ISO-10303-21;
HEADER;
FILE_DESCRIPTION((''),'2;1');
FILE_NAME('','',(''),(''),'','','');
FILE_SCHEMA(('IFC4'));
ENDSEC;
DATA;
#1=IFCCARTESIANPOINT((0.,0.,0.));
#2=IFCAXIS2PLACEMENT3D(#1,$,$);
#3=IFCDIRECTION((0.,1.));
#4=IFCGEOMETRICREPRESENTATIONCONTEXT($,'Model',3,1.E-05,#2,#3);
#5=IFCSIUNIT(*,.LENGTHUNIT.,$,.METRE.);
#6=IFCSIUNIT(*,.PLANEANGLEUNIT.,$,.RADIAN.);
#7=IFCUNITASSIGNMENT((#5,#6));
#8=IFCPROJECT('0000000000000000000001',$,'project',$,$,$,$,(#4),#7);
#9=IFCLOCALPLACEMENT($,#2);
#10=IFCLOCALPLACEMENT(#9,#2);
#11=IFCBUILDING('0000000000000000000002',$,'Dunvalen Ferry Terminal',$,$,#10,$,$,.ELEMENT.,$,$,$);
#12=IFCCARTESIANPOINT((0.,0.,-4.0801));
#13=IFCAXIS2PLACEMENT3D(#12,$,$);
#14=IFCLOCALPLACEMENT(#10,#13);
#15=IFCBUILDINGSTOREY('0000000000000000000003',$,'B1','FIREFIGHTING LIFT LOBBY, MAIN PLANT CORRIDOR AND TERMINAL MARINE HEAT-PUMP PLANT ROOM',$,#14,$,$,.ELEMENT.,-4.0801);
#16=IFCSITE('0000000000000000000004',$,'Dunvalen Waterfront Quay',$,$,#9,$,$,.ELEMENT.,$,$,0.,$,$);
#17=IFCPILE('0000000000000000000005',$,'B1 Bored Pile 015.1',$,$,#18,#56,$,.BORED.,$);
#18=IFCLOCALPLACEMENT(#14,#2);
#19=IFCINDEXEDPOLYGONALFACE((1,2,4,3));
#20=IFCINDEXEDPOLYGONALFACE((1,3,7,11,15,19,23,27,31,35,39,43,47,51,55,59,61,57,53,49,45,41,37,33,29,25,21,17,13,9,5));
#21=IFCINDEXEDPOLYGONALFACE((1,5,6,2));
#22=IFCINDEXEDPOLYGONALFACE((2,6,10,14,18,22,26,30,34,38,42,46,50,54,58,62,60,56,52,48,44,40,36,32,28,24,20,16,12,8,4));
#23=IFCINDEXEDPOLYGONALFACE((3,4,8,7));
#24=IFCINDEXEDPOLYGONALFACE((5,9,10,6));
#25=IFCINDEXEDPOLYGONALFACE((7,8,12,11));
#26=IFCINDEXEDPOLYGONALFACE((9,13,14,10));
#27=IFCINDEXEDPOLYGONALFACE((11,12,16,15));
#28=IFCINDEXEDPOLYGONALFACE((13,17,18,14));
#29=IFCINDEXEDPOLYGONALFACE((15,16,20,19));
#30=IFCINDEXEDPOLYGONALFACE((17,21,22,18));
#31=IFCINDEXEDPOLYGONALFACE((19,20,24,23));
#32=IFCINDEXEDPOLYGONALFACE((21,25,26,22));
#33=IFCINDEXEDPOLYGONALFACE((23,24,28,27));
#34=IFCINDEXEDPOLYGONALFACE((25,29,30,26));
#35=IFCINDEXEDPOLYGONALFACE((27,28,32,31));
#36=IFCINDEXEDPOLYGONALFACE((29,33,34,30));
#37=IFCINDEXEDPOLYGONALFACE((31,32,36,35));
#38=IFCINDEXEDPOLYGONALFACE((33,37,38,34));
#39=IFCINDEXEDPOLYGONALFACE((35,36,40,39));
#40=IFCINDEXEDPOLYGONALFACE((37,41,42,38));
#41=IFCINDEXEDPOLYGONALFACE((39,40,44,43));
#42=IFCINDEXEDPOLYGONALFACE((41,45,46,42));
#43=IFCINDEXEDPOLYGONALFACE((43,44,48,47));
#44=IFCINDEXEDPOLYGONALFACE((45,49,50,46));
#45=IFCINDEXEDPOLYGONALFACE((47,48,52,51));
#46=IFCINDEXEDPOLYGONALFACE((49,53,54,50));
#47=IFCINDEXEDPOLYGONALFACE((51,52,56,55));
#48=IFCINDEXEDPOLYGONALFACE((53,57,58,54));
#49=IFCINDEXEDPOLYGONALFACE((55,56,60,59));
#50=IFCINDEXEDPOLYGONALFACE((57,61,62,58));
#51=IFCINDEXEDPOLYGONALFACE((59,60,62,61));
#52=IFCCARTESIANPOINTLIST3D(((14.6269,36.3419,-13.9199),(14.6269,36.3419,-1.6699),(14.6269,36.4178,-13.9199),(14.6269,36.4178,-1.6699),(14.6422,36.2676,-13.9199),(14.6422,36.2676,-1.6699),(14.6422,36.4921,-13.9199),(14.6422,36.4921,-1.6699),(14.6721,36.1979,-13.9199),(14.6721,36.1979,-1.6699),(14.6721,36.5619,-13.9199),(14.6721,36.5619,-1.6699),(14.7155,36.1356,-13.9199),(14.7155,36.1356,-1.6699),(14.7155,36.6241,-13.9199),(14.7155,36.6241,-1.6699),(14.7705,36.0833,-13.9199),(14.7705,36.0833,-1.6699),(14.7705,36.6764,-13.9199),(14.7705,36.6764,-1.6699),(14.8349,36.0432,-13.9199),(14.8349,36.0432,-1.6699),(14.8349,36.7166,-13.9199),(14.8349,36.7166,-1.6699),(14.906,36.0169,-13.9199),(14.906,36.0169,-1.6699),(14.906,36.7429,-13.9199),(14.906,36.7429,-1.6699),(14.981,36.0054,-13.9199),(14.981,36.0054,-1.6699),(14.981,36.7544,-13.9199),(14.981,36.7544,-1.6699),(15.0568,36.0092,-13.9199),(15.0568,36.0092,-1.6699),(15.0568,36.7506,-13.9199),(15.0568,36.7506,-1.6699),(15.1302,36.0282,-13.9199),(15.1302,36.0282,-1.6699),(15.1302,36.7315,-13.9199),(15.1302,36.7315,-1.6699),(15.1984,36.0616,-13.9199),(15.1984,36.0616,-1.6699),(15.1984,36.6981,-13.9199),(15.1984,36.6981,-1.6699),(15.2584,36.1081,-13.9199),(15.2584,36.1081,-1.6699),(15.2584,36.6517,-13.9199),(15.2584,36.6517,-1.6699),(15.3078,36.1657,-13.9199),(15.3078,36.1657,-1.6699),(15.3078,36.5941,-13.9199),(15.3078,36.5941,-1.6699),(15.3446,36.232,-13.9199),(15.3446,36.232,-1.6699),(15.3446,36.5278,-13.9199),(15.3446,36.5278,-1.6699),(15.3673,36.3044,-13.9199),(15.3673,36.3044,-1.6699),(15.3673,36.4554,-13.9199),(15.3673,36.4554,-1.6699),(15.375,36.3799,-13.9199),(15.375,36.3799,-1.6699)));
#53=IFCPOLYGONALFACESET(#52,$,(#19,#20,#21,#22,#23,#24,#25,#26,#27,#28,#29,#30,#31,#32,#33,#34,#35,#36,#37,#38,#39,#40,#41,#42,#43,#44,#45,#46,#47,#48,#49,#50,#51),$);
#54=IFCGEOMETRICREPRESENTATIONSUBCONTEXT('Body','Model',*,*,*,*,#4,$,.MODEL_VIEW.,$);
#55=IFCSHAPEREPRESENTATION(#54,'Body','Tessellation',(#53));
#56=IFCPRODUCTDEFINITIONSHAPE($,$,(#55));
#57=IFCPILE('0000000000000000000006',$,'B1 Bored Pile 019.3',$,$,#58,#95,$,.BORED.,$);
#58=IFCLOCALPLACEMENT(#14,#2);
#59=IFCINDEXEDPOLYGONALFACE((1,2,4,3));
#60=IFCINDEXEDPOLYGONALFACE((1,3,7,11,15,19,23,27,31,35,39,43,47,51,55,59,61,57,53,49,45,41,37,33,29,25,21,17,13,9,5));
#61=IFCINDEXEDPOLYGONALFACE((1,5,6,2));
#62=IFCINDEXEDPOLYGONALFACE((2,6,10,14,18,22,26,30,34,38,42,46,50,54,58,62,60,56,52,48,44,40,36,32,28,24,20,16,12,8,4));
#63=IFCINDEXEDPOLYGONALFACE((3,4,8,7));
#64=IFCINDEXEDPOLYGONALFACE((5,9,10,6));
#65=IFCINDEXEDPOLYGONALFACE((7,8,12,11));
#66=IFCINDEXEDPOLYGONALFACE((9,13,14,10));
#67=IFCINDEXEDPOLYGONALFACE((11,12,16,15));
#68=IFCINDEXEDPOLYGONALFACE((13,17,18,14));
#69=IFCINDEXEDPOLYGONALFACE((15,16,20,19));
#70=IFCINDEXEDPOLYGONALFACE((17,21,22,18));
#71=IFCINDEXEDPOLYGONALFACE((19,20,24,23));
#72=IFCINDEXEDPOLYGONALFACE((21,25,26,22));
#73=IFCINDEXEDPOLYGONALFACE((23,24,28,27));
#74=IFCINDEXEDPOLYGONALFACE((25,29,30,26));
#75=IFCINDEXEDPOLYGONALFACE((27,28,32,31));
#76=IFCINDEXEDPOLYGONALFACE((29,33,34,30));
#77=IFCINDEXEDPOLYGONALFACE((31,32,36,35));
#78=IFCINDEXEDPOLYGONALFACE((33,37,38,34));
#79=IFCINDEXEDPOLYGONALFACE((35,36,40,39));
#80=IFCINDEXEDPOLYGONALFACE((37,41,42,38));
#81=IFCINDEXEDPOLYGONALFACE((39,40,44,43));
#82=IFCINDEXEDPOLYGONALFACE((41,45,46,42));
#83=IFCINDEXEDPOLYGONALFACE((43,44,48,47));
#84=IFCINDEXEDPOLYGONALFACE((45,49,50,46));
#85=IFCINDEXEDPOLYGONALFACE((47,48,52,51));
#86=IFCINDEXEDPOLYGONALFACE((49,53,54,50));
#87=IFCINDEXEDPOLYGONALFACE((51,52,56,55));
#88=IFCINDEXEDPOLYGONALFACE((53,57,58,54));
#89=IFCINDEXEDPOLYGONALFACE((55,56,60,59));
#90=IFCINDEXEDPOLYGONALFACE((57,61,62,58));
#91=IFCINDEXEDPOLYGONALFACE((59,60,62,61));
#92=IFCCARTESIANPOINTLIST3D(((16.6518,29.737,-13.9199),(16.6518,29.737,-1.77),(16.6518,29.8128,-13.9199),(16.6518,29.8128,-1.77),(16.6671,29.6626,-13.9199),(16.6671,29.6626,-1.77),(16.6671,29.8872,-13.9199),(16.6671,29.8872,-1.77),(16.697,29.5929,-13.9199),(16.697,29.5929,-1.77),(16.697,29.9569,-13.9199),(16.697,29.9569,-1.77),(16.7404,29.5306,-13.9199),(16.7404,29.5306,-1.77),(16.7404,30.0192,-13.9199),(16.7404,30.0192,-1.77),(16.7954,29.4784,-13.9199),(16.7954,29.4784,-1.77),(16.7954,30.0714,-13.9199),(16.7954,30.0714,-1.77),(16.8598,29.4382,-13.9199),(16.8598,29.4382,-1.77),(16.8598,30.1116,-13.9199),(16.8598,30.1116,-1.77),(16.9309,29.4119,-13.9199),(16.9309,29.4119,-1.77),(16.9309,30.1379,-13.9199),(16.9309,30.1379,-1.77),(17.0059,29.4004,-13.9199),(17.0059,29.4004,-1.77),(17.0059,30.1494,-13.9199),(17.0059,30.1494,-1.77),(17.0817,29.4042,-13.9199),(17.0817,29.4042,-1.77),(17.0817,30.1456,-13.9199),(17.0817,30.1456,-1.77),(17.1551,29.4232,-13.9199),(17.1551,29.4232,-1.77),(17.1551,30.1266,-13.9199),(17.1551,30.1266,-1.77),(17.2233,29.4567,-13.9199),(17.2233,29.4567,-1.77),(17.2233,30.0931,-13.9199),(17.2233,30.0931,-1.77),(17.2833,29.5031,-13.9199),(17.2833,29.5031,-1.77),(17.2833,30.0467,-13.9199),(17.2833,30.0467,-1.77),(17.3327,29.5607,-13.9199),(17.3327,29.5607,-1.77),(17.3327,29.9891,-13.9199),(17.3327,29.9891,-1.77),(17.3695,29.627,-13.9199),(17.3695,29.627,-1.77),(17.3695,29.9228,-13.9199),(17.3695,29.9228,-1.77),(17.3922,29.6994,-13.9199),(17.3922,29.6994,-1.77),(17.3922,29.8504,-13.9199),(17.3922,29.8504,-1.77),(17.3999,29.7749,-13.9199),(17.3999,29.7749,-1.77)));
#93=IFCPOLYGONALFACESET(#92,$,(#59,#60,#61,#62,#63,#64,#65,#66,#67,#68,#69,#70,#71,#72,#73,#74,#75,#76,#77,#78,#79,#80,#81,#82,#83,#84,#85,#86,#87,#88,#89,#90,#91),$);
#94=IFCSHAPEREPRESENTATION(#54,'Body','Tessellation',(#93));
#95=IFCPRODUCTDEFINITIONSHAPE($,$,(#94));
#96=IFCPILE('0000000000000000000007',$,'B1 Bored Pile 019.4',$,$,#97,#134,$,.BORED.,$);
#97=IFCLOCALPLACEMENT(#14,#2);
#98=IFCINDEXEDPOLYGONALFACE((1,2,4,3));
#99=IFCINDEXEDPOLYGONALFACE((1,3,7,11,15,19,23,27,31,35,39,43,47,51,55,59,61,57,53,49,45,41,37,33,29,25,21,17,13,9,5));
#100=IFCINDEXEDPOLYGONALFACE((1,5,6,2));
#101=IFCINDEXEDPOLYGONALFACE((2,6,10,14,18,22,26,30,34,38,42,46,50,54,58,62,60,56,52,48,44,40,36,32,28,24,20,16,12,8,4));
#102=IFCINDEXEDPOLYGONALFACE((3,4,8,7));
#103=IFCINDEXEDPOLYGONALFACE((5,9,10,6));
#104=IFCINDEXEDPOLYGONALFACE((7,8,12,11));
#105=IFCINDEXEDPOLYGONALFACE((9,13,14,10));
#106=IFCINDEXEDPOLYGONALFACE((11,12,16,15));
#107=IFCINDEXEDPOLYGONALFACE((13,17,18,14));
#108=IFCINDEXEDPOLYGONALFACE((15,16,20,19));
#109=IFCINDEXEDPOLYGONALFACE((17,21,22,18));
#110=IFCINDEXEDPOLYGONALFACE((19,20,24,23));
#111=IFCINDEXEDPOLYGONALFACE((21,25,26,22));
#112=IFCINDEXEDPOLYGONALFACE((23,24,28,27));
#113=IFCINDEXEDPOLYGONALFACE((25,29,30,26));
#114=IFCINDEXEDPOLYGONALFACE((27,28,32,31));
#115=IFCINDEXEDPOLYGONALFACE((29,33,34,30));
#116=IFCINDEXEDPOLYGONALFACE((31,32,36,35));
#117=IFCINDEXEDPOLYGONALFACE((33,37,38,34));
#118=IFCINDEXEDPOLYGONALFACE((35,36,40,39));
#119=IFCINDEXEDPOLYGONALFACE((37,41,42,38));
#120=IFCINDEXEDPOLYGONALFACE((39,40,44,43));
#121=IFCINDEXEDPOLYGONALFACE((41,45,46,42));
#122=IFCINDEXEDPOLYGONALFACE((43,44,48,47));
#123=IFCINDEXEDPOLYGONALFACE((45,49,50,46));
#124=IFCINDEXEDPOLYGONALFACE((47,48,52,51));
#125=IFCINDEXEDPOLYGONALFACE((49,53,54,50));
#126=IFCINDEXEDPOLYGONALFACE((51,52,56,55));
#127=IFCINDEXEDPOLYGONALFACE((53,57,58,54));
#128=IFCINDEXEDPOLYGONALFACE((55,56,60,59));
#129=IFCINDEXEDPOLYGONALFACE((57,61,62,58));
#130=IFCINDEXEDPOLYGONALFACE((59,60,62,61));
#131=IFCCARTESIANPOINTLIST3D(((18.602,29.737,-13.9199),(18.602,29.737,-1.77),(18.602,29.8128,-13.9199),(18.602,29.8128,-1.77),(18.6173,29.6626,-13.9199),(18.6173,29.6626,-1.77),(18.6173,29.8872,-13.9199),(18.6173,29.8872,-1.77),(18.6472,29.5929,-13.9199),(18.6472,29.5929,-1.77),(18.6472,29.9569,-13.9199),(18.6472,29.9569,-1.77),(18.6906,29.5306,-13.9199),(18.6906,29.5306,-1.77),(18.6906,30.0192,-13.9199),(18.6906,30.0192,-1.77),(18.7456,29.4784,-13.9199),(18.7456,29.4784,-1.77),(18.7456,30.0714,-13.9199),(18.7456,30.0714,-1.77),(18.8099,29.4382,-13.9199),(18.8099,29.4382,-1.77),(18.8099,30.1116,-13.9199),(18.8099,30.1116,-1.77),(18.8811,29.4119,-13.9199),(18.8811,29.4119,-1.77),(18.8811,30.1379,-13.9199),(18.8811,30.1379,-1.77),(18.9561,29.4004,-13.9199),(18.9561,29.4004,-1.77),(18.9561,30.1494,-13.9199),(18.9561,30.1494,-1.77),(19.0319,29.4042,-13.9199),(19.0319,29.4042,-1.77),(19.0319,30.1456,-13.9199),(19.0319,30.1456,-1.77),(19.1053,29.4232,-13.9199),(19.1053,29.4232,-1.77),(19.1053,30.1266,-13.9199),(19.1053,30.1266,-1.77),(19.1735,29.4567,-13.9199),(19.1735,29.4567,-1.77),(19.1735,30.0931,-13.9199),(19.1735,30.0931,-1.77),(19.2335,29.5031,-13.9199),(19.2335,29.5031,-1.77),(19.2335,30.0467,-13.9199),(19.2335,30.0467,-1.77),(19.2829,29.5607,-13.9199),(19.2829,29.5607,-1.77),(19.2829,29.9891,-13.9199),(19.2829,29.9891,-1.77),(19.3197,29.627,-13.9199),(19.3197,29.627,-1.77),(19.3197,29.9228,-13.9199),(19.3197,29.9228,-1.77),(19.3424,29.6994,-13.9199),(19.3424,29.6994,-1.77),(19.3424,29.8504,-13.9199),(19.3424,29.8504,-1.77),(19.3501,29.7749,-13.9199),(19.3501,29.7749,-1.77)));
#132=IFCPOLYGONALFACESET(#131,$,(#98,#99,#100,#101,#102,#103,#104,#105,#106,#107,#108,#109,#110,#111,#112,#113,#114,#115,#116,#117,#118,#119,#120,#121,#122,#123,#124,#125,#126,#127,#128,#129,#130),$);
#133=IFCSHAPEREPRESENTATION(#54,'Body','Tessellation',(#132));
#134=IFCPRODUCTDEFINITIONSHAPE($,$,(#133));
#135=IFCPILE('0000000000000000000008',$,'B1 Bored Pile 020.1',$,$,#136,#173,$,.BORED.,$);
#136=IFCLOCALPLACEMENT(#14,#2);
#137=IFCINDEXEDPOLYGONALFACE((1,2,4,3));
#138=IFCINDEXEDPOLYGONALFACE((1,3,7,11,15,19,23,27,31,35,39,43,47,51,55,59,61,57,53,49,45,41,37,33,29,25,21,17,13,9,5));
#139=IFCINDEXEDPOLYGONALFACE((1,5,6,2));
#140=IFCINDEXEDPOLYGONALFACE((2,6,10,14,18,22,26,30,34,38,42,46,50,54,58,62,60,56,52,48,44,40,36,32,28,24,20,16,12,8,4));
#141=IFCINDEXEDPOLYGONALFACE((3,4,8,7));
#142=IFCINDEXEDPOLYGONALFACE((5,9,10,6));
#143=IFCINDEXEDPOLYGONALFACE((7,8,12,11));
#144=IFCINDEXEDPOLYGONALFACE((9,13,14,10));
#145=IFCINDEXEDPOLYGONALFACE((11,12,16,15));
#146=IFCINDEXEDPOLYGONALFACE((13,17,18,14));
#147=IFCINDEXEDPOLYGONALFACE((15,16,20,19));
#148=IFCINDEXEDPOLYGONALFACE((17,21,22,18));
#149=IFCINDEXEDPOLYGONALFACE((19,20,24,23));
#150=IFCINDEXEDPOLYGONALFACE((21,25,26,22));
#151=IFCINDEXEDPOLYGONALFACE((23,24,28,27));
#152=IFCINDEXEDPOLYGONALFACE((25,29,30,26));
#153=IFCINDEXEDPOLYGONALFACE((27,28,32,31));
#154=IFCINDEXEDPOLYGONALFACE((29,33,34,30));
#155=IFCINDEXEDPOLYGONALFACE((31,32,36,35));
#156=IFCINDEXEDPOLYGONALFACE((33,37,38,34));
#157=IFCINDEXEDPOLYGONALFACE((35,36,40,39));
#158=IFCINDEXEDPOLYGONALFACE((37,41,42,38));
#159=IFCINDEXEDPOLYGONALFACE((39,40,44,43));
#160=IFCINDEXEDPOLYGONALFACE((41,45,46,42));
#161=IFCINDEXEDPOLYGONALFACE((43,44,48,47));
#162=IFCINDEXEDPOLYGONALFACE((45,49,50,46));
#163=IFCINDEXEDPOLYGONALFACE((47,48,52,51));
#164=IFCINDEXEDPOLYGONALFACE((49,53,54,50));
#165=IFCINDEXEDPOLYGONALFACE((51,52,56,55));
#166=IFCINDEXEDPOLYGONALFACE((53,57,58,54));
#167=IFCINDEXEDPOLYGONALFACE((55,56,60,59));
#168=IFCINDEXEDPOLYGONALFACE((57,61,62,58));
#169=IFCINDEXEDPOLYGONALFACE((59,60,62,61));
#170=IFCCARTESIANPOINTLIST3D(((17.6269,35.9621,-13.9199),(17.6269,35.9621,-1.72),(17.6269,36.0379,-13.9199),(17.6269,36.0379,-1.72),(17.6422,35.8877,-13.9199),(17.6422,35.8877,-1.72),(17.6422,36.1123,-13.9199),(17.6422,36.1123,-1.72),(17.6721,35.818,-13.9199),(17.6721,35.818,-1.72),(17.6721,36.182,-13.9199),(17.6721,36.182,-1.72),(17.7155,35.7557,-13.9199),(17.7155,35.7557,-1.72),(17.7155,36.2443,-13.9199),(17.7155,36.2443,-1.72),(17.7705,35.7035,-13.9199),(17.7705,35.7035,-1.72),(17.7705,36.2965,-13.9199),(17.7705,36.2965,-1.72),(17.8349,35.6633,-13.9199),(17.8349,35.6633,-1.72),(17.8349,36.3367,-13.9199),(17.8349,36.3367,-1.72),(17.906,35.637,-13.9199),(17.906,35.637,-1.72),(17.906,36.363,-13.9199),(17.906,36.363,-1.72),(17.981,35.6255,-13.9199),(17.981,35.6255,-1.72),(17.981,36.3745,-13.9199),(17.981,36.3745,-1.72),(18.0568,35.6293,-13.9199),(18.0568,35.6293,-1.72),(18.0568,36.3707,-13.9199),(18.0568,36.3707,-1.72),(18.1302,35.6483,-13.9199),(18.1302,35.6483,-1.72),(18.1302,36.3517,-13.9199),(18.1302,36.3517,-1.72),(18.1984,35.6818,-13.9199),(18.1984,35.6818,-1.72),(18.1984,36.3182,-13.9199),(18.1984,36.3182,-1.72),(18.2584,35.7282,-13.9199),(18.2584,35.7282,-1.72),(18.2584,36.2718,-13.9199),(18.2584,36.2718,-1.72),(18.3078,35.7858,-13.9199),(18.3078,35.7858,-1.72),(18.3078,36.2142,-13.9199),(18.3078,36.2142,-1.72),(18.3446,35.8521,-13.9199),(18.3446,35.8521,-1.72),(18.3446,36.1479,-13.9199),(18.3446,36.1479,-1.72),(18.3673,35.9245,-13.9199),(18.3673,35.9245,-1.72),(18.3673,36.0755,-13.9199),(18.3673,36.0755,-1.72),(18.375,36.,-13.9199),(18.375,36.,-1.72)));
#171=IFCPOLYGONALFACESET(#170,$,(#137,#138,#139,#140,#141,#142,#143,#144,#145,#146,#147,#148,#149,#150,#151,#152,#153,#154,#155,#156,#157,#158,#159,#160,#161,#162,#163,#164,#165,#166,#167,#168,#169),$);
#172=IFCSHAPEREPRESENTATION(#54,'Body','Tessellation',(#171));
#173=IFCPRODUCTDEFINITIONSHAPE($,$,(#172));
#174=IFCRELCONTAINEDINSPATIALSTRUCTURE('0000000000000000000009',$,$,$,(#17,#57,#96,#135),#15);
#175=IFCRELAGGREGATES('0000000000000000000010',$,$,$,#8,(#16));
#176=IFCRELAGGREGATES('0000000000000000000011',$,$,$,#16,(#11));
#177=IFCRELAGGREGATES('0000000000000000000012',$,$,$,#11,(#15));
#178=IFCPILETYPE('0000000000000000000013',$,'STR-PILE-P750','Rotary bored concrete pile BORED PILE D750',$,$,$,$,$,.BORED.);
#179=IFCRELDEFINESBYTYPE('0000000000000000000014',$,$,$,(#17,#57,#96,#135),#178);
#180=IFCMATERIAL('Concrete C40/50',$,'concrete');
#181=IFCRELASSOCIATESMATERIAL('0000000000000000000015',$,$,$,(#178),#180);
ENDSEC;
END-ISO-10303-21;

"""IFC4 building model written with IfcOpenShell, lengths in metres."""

from ifc_helpers import new_model, si_unit, direction, frame, origin, origin_2d, place, context, subcontext, project, spatial, circle, extrude, material, material_profile, profile_set, type_object, element, save


model = new_model("IFC4")

# Units and contexts
model_context = context("Model", 3, precision=1e-05, world=origin(), true_north=direction((0.0, 1.0)))
body_context = subcontext(model_context, "Body", "Model", "MODEL_VIEW")
ifc_project = project(units=[si_unit("LENGTHUNIT", "METRE"), si_unit("PLANEANGLEUNIT", "RADIAN")], contexts=[model_context])

# Site, building, storey
site_placement = place(None, origin())
site = spatial("IfcSite", under=ifc_project, at=site_placement, Name="Dunvalen Waterfront Quay", CompositionType="ELEMENT", RefElevation=0.0)
building_placement = place(site_placement, origin())
building = spatial("IfcBuilding", under=site, at=building_placement, Name="Dunvalen Ferry Terminal", CompositionType="ELEMENT")
storey_placement = place(building_placement, frame((0.0, 0.0, -4.0801)))
storey = spatial("IfcBuildingStorey", under=building, at=storey_placement, Name="B1", Description="FIREFIGHTING LIFT LOBBY, MAIN PLANT CORRIDOR AND TERMINAL MARINE HEAT-PUMP PLANT ROOM", CompositionType="ELEMENT", Elevation=-4.0801)

# Shared definitions
ifc_material = material(Name="Concrete C40/50", Category="concrete")

# Piles
ifc_material_profile_1 = material_profile(ifc_material, circle(Radius=0.375, at=origin_2d()), Name="Concrete C40/50")
ifc_profile_set_1 = profile_set([ifc_material_profile_1], Name="Concrete C40/50")
pile_type_1 = type_object("IfcPileType", Name="STR-PILE-P750", Description="Rotary bored concrete pile BORED PILE D750", PredefinedType="BORED", material=ifc_profile_set_1)
pile_1_placement = place(storey_placement, frame((15.0, 36.3799, -1.6699), z_axis=(0.0, 0.0, -1.0), x_axis=(1.0, 0.0, 0.0)))
element("IfcPile", 1, at=pile_1_placement, inside=storey, type_object=pile_type_1, Name="B1 Bored Pile 015.1", PredefinedType="BORED", context=body_context, shape_type="SweptSolid", body=[
    extrude(circle(Radius=0.375, at=origin_2d()), origin(), (0.0, 0.0, 1.0), 12.25),
])
for number, where, z_axis, x_axis, name in (
    (2, (17.0249, 29.7749, -1.77), (0.0, 0.0, -1.0), (1.0, 0.0, 0.0), "B1 Bored Pile 019.3"),
    (3, (18.9751, 29.7749, -1.77), (0.0, 0.0, -1.0), (1.0, 0.0, 0.0), "B1 Bored Pile 019.4"),
):
    element("IfcPile", number, at=place(storey_placement, frame(where, z_axis=z_axis, x_axis=x_axis)), inside=storey, type_object=pile_type_1, Name=name, PredefinedType="BORED", context=body_context, shape_type="SweptSolid", body=[
        extrude(circle(Radius=0.375, at=origin_2d()), origin(), (0.0, 0.0, 1.0), 12.1499),
    ])
pile_2_placement = place(storey_placement, frame((18.0, 36.0, -1.72), z_axis=(0.0, 0.0, -1.0), x_axis=(1.0, 0.0, 0.0)))
element("IfcPile", 4, at=pile_2_placement, inside=storey, type_object=pile_type_1, Name="B1 Bored Pile 020.1", PredefinedType="BORED", context=body_context, shape_type="SweptSolid", body=[
    extrude(circle(Radius=0.375, at=origin_2d()), origin(), (0.0, 0.0, 1.0), 12.2),
])

save(model, "model.ifc")
